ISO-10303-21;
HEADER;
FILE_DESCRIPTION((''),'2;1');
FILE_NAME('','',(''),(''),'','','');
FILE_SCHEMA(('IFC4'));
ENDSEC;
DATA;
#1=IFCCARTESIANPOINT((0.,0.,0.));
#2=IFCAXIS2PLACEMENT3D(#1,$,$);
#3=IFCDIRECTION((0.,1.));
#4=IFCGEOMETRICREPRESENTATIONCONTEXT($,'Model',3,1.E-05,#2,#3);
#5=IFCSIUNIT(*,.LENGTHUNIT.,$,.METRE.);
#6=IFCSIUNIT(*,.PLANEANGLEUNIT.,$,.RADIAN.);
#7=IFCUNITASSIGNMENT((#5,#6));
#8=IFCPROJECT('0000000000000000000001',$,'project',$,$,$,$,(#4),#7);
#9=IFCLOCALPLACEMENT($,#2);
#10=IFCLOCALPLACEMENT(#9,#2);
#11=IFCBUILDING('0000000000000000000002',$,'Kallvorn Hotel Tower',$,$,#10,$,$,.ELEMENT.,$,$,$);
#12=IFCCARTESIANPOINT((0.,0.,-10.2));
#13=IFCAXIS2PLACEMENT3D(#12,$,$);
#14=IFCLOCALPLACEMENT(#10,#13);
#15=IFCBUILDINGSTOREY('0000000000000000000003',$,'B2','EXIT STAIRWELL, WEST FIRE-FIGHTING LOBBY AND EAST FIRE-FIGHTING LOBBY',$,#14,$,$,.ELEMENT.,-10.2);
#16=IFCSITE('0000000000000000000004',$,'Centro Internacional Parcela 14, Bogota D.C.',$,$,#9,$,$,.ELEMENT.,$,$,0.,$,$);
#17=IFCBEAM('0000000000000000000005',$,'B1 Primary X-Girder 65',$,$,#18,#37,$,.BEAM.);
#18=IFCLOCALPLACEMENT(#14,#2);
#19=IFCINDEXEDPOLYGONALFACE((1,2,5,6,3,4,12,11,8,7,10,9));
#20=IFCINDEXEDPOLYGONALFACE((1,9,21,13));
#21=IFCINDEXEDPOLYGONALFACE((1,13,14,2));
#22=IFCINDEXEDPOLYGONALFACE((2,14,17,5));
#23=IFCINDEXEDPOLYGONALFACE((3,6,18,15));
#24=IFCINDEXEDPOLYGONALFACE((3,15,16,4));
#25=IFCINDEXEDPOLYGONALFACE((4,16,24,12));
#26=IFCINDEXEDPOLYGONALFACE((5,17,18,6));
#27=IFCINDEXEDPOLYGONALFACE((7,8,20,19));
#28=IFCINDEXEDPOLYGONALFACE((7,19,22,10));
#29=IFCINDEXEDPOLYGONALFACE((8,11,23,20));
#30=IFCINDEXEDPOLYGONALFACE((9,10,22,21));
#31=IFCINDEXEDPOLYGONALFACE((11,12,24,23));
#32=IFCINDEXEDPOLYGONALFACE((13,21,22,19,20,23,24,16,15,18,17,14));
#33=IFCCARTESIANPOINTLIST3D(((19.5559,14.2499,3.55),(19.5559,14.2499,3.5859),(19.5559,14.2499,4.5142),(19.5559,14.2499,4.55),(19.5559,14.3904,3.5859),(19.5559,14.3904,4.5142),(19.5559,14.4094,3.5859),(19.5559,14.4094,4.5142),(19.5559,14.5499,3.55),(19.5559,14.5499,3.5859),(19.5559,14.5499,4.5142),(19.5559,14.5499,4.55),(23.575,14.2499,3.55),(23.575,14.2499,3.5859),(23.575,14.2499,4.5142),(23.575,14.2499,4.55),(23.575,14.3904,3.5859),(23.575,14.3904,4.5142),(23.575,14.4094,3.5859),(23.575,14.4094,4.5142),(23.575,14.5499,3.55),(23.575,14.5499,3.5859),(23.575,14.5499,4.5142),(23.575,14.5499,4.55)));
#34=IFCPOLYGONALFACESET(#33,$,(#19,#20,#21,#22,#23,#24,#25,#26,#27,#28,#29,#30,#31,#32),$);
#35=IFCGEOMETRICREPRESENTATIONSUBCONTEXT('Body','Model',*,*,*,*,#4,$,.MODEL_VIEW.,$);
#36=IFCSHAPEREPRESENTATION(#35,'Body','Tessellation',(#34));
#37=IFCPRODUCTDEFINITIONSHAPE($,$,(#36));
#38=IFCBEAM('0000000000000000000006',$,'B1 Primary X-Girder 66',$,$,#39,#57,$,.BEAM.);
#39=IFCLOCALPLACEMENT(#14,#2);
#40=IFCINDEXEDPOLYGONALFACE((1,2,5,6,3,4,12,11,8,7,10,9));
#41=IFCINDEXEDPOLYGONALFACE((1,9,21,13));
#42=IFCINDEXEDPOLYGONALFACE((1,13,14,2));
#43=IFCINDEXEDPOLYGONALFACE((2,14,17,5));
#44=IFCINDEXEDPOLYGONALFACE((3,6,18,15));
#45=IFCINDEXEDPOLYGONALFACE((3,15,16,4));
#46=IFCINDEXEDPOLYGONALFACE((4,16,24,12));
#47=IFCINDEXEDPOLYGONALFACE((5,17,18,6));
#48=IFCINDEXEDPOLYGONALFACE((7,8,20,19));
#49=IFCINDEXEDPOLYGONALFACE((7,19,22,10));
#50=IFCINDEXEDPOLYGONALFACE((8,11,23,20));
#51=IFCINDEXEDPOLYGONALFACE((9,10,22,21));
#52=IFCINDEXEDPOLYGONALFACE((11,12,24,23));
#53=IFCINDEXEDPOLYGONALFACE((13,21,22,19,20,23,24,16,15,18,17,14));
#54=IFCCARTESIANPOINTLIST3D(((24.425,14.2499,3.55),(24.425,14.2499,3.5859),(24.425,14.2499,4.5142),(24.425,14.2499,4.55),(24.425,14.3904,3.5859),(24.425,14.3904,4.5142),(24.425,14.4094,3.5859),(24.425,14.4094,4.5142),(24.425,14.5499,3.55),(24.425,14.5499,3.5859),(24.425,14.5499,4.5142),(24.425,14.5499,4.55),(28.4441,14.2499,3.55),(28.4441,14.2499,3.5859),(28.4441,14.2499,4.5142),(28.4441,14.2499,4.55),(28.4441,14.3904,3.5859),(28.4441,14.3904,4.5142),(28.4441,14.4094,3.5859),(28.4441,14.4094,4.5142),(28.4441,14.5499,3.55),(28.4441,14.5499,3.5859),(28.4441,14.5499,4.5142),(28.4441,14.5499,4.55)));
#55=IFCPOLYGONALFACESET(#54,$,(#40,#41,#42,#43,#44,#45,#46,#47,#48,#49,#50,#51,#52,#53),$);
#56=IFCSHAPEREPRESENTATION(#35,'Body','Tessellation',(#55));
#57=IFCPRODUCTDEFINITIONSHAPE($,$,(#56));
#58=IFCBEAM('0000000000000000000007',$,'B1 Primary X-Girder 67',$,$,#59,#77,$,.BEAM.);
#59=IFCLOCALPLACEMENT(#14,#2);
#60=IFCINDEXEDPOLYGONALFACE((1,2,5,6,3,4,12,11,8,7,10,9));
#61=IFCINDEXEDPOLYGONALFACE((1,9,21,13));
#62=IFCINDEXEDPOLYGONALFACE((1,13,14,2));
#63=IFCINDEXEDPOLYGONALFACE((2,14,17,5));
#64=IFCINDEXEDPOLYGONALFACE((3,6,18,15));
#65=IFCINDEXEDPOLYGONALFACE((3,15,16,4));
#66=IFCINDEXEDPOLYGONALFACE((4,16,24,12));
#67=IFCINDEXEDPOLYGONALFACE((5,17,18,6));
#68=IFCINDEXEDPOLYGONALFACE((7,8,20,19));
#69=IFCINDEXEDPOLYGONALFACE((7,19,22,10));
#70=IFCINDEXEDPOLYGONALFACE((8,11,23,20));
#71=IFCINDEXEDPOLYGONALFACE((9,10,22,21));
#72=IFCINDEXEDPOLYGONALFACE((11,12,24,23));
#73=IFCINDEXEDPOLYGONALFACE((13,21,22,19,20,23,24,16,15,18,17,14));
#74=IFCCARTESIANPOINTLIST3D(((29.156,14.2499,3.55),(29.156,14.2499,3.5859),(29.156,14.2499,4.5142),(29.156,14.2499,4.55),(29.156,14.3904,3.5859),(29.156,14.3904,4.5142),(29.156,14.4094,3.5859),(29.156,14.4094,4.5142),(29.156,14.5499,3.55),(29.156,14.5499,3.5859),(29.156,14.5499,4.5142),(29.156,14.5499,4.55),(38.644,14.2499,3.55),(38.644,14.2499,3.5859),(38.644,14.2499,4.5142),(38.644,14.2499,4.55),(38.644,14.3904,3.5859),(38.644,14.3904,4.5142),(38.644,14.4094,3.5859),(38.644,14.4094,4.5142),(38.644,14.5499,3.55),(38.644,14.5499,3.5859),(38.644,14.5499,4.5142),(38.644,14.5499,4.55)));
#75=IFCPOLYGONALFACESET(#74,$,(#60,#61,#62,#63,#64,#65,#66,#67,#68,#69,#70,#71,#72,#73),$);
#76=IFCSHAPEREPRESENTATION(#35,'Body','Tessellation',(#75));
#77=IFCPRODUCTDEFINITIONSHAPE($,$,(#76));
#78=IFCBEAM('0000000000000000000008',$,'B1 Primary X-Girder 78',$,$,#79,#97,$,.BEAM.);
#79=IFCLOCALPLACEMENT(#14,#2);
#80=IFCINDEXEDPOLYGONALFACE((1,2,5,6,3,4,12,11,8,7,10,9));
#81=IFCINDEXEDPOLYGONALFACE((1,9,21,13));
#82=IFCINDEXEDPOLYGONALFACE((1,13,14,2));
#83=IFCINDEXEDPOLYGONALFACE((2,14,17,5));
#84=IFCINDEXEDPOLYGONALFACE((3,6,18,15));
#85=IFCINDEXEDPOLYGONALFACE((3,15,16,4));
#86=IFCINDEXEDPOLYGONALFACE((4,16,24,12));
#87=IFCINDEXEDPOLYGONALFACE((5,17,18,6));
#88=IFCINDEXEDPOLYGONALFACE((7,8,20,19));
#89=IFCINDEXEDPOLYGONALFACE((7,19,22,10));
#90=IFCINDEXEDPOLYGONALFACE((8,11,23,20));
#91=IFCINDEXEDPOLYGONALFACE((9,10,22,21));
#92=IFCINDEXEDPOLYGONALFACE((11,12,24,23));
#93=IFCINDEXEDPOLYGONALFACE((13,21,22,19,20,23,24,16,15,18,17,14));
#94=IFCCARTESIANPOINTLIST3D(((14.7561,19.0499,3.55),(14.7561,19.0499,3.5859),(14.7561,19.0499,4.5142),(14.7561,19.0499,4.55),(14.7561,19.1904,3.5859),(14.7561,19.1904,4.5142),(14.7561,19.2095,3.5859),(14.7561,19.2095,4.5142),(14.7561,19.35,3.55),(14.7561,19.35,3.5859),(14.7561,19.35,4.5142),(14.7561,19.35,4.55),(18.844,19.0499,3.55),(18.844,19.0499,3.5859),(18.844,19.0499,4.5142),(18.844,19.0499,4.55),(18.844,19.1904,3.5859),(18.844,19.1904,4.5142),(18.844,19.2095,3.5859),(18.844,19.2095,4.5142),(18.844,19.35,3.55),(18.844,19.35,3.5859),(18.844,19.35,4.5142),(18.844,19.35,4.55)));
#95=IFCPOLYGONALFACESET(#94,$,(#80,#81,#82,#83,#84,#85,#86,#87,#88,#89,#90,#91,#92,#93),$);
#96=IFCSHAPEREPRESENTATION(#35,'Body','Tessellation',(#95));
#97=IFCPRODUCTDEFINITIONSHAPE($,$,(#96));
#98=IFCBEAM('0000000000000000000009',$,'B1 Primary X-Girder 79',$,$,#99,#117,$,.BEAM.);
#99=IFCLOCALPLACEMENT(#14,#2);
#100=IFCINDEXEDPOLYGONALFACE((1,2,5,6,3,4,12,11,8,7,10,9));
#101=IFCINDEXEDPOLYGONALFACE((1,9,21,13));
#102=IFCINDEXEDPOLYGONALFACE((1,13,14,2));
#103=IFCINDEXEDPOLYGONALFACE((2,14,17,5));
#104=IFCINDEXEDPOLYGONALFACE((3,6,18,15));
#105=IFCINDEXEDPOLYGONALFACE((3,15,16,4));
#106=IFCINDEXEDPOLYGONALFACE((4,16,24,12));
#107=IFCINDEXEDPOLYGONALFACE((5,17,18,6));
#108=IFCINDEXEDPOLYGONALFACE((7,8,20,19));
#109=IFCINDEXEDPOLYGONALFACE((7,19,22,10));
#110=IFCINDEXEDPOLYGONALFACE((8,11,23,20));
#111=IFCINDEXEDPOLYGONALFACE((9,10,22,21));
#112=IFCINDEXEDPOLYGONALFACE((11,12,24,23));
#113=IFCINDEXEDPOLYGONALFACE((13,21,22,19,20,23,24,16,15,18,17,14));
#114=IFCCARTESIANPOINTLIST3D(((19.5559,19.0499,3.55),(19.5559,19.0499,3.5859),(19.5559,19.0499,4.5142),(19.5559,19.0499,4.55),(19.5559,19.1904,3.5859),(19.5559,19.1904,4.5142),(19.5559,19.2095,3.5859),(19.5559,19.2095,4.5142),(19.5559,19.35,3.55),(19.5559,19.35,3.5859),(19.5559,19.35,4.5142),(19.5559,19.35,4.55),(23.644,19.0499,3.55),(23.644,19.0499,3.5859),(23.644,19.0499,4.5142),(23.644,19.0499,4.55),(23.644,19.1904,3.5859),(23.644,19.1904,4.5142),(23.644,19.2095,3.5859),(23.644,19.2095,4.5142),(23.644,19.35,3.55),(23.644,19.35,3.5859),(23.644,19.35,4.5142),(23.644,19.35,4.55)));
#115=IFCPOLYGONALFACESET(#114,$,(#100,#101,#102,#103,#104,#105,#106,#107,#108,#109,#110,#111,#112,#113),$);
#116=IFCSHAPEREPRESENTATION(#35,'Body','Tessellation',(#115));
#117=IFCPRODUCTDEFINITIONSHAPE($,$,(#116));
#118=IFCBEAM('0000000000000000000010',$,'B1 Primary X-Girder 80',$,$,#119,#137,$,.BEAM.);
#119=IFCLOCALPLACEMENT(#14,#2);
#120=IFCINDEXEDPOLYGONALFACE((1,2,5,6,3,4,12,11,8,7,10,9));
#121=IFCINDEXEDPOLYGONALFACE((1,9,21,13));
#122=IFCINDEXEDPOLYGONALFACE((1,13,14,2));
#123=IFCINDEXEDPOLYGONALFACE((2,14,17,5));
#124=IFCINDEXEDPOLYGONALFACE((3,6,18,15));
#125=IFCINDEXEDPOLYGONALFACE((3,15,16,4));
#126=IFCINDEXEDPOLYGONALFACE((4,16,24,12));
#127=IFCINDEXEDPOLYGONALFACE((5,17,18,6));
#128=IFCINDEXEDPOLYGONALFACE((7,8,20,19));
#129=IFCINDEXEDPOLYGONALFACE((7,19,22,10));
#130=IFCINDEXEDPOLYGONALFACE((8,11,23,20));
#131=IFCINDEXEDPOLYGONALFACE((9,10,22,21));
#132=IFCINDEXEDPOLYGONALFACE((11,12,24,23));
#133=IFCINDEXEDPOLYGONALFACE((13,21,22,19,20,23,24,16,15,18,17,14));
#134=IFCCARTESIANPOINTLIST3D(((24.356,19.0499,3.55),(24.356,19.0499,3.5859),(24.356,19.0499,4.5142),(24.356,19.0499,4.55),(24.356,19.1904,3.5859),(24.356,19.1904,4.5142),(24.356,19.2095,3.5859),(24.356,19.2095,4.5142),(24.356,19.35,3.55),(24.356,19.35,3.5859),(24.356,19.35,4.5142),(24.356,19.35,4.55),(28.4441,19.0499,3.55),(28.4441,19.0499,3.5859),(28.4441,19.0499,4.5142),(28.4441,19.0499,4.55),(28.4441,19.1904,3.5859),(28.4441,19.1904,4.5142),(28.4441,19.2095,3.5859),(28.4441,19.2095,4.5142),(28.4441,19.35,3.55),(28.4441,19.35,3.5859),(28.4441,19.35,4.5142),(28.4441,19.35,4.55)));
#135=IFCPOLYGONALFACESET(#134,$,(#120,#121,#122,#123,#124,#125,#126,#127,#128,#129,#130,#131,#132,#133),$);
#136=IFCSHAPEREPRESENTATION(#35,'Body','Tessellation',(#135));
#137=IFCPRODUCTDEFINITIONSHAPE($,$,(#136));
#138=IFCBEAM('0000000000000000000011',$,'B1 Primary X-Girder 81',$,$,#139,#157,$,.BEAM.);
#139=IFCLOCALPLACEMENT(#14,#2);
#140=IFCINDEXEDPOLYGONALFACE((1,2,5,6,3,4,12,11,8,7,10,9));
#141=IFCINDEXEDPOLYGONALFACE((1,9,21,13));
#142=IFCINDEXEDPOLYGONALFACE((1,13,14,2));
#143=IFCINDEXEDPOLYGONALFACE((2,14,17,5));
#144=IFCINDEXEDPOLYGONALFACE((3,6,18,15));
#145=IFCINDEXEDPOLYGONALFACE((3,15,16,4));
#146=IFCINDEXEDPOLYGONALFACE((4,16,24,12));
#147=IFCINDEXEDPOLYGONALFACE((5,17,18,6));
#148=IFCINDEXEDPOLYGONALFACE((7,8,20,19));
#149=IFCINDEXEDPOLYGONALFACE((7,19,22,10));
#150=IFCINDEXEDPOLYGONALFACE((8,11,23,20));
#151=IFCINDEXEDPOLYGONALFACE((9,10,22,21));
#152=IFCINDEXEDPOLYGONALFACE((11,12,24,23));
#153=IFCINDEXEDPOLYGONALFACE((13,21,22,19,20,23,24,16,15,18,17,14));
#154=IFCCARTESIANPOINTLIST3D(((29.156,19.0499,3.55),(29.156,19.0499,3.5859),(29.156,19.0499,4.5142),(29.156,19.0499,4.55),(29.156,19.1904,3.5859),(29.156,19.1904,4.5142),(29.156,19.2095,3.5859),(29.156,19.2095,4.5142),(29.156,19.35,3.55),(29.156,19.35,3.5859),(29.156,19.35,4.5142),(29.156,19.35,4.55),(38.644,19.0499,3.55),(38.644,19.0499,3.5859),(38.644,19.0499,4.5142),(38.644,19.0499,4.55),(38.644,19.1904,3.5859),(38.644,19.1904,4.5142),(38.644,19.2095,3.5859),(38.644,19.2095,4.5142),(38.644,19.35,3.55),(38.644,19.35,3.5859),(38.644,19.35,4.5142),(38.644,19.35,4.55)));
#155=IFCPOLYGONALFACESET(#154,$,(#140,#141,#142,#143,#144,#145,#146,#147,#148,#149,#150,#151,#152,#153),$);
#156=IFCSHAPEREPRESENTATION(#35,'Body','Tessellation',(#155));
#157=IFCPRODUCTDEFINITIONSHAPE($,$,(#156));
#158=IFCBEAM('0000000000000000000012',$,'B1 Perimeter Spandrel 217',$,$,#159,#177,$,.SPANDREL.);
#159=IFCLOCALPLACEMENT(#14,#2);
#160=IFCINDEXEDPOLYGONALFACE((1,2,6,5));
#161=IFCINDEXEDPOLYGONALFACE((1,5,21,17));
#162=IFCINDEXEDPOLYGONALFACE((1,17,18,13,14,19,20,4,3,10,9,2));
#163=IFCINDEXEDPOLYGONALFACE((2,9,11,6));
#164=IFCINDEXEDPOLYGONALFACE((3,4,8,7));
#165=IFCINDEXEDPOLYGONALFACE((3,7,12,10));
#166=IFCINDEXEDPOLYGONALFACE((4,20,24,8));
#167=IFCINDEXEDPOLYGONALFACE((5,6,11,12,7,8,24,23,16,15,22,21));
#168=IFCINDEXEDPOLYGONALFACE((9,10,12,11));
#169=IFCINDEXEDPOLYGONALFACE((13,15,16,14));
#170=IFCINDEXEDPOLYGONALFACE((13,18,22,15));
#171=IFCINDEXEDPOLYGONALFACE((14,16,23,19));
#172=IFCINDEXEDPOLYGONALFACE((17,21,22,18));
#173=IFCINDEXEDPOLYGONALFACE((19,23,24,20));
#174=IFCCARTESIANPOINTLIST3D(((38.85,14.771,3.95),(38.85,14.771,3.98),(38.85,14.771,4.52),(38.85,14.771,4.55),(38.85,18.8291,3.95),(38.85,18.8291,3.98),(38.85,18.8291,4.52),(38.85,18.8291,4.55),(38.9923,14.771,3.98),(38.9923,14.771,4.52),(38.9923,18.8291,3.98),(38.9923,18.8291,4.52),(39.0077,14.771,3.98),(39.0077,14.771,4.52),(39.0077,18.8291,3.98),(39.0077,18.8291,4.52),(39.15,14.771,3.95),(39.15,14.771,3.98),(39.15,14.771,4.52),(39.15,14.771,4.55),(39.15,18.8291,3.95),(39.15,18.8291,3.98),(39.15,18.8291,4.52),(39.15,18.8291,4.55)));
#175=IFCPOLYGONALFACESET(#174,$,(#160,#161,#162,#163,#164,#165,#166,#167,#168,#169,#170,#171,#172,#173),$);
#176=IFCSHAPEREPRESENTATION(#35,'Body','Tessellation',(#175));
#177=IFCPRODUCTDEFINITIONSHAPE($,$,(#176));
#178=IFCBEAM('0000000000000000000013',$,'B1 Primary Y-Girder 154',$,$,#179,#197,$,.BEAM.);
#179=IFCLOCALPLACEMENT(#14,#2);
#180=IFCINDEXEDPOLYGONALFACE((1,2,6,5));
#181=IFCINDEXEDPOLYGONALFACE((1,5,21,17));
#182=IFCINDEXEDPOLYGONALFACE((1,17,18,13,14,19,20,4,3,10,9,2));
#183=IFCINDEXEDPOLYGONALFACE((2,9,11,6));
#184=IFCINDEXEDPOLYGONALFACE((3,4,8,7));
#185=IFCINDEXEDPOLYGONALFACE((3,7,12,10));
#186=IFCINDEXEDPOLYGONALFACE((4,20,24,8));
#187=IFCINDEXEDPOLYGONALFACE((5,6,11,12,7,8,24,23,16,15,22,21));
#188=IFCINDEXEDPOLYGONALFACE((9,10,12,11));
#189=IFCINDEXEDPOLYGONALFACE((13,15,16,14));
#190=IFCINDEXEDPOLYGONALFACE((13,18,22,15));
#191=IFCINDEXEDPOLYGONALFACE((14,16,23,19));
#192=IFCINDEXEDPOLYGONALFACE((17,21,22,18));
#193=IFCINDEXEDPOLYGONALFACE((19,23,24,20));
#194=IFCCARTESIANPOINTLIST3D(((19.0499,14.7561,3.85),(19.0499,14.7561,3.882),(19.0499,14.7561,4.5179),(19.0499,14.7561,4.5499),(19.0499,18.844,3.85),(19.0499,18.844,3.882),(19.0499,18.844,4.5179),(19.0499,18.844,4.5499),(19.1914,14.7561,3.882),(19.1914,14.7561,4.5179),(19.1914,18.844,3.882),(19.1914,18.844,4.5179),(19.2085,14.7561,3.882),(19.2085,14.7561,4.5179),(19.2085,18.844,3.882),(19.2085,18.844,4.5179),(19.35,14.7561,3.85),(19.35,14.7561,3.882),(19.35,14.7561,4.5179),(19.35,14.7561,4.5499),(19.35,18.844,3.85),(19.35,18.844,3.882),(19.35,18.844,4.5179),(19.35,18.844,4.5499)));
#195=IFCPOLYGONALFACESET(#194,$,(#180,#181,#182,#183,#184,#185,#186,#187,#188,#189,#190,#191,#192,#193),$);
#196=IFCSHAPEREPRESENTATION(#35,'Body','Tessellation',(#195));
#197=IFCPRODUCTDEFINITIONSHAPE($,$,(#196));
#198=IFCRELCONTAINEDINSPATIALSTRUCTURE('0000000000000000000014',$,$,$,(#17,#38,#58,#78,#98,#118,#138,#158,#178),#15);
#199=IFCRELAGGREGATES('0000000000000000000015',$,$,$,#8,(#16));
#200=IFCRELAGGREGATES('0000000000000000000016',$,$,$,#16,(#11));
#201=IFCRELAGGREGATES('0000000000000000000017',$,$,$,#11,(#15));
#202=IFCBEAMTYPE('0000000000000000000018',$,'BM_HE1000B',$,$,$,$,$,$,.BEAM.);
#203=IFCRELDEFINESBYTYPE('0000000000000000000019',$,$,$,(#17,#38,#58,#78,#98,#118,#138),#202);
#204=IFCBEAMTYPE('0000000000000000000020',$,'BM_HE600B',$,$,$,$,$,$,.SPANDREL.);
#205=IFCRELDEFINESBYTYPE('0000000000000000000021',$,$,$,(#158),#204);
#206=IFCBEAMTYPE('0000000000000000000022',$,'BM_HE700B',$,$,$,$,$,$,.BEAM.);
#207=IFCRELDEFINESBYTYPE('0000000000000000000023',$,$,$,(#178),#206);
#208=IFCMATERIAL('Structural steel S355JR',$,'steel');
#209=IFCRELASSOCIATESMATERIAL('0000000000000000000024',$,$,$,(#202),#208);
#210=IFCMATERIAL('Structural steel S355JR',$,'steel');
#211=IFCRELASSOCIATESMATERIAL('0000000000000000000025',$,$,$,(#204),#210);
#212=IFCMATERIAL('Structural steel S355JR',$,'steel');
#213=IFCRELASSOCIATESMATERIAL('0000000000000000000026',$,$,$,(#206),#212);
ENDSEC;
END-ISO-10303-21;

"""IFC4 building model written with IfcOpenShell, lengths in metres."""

from ifc_helpers import new_model, si_unit, direction, frame, origin, origin_2d, place, context, subcontext, project, spatial, i_section, extrude, material, material_profile, profile_set, type_object, element, save


model = new_model("IFC4")

# Units and contexts
model_context = context("Model", 3, precision=1e-05, world=origin(), true_north=direction((0.0, 1.0)))
body_context = subcontext(model_context, "Body", "Model", "MODEL_VIEW")
ifc_project = project(units=[si_unit("LENGTHUNIT", "METRE"), si_unit("PLANEANGLEUNIT", "RADIAN")], contexts=[model_context])

# Site, building, storey
site_placement = place(None, origin())
site = spatial("IfcSite", under=ifc_project, at=site_placement, Name="Centro Internacional Parcela 14, Bogota D.C.", CompositionType="ELEMENT", RefElevation=0.0)
building_placement = place(site_placement, origin())
building = spatial("IfcBuilding", under=site, at=building_placement, Name="Kallvorn Hotel Tower", CompositionType="ELEMENT")
storey_placement = place(building_placement, frame((0.0, 0.0, -10.2)))
storey = spatial("IfcBuildingStorey", under=building, at=storey_placement, Name="B2", Description="EXIT STAIRWELL, WEST FIRE-FIGHTING LOBBY AND EAST FIRE-FIGHTING LOBBY", CompositionType="ELEMENT", Elevation=-10.2)

# Beams
ifc_material_1 = material(Name="Structural steel S355JR", Category="steel")
ifc_material_profile_1 = material_profile(ifc_material_1, i_section(OverallWidth=0.3, OverallDepth=1.0, WebThickness=0.019, FlangeThickness=0.0359, at=origin_2d()), Name="HE 1000 B")
ifc_profile_set_1 = profile_set([ifc_material_profile_1], Name="Structural steel S355JR")
beam_type_1 = type_object("IfcBeamType", Name="BM_HE1000B", PredefinedType="BEAM", material=ifc_profile_set_1)
for number, where, z_axis, x_axis, name in (
    (1, (19.5559, 14.3999, 4.05), (1.0, 0.0, 0.0), (0.0, 1.0, 0.0), "B1 Primary X-Girder 65"),
    (2, (24.425, 14.3999, 4.05), (1.0, 0.0, 0.0), (0.0, 1.0, 0.0), "B1 Primary X-Girder 66"),
):
    element("IfcBeam", number, at=place(storey_placement, frame(where, z_axis=z_axis, x_axis=x_axis)), inside=storey, type_object=beam_type_1, Name=name, PredefinedType="BEAM", context=body_context, shape_type="SweptSolid", body=[
        extrude(i_section(OverallWidth=0.3, OverallDepth=1.0, WebThickness=0.019, FlangeThickness=0.0359, at=origin_2d()), origin(), (0.0, 0.0, 1.0), 4.019),
    ])
beam_1_placement = place(storey_placement, frame((29.156, 14.3999, 4.05), z_axis=(1.0, 0.0, 0.0), x_axis=(0.0, 1.0, 0.0)))
element("IfcBeam", 3, at=beam_1_placement, inside=storey, type_object=beam_type_1, Name="B1 Primary X-Girder 67", PredefinedType="BEAM", context=body_context, shape_type="SweptSolid", body=[
    extrude(i_section(OverallWidth=0.3, OverallDepth=1.0, WebThickness=0.019, FlangeThickness=0.0359, at=origin_2d()), origin(), (0.0, 0.0, 1.0), 9.488),
])
beam_2_placement = place(storey_placement, frame((14.7561, 19.2, 4.05), z_axis=(1.0, 0.0, 0.0), x_axis=(0.0, 1.0, 0.0)))
element("IfcBeam", 4, at=beam_2_placement, inside=storey, type_object=beam_type_1, Name="B1 Primary X-Girder 78", PredefinedType="BEAM", context=body_context, shape_type="SweptSolid", body=[
    extrude(i_section(OverallWidth=0.3, OverallDepth=1.0, WebThickness=0.019, FlangeThickness=0.0359, at=origin_2d()), origin(), (0.0, 0.0, 1.0), 4.0879),
])
for number, where, z_axis, x_axis, name in (
    (5, (19.5559, 19.2, 4.05), (1.0, 0.0, 0.0), (0.0, 1.0, 0.0), "B1 Primary X-Girder 79"),
    (6, (24.356, 19.2, 4.05), (1.0, 0.0, 0.0), (0.0, 1.0, 0.0), "B1 Primary X-Girder 80"),
):
    element("IfcBeam", number, at=place(storey_placement, frame(where, z_axis=z_axis, x_axis=x_axis)), inside=storey, type_object=beam_type_1, Name=name, PredefinedType="BEAM", context=body_context, shape_type="SweptSolid", body=[
        extrude(i_section(OverallWidth=0.3, OverallDepth=1.0, WebThickness=0.019, FlangeThickness=0.0359, at=origin_2d()), origin(), (0.0, 0.0, 1.0), 4.0881),
    ])
beam_3_placement = place(storey_placement, frame((29.156, 19.2, 4.05), z_axis=(1.0, 0.0, 0.0), x_axis=(0.0, 1.0, 0.0)))
element("IfcBeam", 7, at=beam_3_placement, inside=storey, type_object=beam_type_1, Name="B1 Primary X-Girder 81", PredefinedType="BEAM", context=body_context, shape_type="SweptSolid", body=[
    extrude(i_section(OverallWidth=0.3, OverallDepth=1.0, WebThickness=0.019, FlangeThickness=0.0359, at=origin_2d()), origin(), (0.0, 0.0, 1.0), 9.488),
])
ifc_material_2 = material(Name="Structural steel S355JR", Category="steel")
ifc_material_profile_2 = material_profile(ifc_material_2, i_section(OverallWidth=0.3, OverallDepth=0.6001, WebThickness=0.0154, FlangeThickness=0.03, at=origin_2d()), Name="HE 600 B")
ifc_profile_set_2 = profile_set([ifc_material_profile_2], Name="Structural steel S355JR")
beam_type_2 = type_object("IfcBeamType", Name="BM_HE600B", PredefinedType="SPANDREL", material=ifc_profile_set_2)
beam_4_placement = place(storey_placement, frame((39.0, 14.771, 4.25), z_axis=(0.0, 1.0, 0.0), x_axis=(-1.0, 0.0, 0.0)))
element("IfcBeam", 8, at=beam_4_placement, inside=storey, type_object=beam_type_2, Name="B1 Perimeter Spandrel 217", PredefinedType="SPANDREL", context=body_context, shape_type="SweptSolid", body=[
    extrude(i_section(OverallWidth=0.3, OverallDepth=0.6001, WebThickness=0.0154, FlangeThickness=0.03, at=origin_2d()), origin(), (0.0, 0.0, 1.0), 4.0581),
])
ifc_material_3 = material(Name="Structural steel S355JR", Category="steel")
ifc_material_profile_3 = material_profile(ifc_material_3, i_section(OverallWidth=0.3, OverallDepth=0.7, WebThickness=0.0171, FlangeThickness=0.032, at=origin_2d()), Name="HE 700 B")
ifc_profile_set_3 = profile_set([ifc_material_profile_3], Name="Structural steel S355JR")
beam_type_3 = type_object("IfcBeamType", Name="BM_HE700B", PredefinedType="BEAM", material=ifc_profile_set_3)
beam_5_placement = place(storey_placement, frame((19.2, 14.7561, 4.2), z_axis=(0.0, 1.0, 0.0), x_axis=(-1.0, 0.0, 0.0)))
element("IfcBeam", 9, at=beam_5_placement, inside=storey, type_object=beam_type_3, Name="B1 Primary Y-Girder 154", PredefinedType="BEAM", context=body_context, shape_type="SweptSolid", body=[
    extrude(i_section(OverallWidth=0.3, OverallDepth=0.7, WebThickness=0.0171, FlangeThickness=0.032, at=origin_2d()), origin(), (0.0, 0.0, 1.0), 4.0879),
])

save(model, "model.ifc")
